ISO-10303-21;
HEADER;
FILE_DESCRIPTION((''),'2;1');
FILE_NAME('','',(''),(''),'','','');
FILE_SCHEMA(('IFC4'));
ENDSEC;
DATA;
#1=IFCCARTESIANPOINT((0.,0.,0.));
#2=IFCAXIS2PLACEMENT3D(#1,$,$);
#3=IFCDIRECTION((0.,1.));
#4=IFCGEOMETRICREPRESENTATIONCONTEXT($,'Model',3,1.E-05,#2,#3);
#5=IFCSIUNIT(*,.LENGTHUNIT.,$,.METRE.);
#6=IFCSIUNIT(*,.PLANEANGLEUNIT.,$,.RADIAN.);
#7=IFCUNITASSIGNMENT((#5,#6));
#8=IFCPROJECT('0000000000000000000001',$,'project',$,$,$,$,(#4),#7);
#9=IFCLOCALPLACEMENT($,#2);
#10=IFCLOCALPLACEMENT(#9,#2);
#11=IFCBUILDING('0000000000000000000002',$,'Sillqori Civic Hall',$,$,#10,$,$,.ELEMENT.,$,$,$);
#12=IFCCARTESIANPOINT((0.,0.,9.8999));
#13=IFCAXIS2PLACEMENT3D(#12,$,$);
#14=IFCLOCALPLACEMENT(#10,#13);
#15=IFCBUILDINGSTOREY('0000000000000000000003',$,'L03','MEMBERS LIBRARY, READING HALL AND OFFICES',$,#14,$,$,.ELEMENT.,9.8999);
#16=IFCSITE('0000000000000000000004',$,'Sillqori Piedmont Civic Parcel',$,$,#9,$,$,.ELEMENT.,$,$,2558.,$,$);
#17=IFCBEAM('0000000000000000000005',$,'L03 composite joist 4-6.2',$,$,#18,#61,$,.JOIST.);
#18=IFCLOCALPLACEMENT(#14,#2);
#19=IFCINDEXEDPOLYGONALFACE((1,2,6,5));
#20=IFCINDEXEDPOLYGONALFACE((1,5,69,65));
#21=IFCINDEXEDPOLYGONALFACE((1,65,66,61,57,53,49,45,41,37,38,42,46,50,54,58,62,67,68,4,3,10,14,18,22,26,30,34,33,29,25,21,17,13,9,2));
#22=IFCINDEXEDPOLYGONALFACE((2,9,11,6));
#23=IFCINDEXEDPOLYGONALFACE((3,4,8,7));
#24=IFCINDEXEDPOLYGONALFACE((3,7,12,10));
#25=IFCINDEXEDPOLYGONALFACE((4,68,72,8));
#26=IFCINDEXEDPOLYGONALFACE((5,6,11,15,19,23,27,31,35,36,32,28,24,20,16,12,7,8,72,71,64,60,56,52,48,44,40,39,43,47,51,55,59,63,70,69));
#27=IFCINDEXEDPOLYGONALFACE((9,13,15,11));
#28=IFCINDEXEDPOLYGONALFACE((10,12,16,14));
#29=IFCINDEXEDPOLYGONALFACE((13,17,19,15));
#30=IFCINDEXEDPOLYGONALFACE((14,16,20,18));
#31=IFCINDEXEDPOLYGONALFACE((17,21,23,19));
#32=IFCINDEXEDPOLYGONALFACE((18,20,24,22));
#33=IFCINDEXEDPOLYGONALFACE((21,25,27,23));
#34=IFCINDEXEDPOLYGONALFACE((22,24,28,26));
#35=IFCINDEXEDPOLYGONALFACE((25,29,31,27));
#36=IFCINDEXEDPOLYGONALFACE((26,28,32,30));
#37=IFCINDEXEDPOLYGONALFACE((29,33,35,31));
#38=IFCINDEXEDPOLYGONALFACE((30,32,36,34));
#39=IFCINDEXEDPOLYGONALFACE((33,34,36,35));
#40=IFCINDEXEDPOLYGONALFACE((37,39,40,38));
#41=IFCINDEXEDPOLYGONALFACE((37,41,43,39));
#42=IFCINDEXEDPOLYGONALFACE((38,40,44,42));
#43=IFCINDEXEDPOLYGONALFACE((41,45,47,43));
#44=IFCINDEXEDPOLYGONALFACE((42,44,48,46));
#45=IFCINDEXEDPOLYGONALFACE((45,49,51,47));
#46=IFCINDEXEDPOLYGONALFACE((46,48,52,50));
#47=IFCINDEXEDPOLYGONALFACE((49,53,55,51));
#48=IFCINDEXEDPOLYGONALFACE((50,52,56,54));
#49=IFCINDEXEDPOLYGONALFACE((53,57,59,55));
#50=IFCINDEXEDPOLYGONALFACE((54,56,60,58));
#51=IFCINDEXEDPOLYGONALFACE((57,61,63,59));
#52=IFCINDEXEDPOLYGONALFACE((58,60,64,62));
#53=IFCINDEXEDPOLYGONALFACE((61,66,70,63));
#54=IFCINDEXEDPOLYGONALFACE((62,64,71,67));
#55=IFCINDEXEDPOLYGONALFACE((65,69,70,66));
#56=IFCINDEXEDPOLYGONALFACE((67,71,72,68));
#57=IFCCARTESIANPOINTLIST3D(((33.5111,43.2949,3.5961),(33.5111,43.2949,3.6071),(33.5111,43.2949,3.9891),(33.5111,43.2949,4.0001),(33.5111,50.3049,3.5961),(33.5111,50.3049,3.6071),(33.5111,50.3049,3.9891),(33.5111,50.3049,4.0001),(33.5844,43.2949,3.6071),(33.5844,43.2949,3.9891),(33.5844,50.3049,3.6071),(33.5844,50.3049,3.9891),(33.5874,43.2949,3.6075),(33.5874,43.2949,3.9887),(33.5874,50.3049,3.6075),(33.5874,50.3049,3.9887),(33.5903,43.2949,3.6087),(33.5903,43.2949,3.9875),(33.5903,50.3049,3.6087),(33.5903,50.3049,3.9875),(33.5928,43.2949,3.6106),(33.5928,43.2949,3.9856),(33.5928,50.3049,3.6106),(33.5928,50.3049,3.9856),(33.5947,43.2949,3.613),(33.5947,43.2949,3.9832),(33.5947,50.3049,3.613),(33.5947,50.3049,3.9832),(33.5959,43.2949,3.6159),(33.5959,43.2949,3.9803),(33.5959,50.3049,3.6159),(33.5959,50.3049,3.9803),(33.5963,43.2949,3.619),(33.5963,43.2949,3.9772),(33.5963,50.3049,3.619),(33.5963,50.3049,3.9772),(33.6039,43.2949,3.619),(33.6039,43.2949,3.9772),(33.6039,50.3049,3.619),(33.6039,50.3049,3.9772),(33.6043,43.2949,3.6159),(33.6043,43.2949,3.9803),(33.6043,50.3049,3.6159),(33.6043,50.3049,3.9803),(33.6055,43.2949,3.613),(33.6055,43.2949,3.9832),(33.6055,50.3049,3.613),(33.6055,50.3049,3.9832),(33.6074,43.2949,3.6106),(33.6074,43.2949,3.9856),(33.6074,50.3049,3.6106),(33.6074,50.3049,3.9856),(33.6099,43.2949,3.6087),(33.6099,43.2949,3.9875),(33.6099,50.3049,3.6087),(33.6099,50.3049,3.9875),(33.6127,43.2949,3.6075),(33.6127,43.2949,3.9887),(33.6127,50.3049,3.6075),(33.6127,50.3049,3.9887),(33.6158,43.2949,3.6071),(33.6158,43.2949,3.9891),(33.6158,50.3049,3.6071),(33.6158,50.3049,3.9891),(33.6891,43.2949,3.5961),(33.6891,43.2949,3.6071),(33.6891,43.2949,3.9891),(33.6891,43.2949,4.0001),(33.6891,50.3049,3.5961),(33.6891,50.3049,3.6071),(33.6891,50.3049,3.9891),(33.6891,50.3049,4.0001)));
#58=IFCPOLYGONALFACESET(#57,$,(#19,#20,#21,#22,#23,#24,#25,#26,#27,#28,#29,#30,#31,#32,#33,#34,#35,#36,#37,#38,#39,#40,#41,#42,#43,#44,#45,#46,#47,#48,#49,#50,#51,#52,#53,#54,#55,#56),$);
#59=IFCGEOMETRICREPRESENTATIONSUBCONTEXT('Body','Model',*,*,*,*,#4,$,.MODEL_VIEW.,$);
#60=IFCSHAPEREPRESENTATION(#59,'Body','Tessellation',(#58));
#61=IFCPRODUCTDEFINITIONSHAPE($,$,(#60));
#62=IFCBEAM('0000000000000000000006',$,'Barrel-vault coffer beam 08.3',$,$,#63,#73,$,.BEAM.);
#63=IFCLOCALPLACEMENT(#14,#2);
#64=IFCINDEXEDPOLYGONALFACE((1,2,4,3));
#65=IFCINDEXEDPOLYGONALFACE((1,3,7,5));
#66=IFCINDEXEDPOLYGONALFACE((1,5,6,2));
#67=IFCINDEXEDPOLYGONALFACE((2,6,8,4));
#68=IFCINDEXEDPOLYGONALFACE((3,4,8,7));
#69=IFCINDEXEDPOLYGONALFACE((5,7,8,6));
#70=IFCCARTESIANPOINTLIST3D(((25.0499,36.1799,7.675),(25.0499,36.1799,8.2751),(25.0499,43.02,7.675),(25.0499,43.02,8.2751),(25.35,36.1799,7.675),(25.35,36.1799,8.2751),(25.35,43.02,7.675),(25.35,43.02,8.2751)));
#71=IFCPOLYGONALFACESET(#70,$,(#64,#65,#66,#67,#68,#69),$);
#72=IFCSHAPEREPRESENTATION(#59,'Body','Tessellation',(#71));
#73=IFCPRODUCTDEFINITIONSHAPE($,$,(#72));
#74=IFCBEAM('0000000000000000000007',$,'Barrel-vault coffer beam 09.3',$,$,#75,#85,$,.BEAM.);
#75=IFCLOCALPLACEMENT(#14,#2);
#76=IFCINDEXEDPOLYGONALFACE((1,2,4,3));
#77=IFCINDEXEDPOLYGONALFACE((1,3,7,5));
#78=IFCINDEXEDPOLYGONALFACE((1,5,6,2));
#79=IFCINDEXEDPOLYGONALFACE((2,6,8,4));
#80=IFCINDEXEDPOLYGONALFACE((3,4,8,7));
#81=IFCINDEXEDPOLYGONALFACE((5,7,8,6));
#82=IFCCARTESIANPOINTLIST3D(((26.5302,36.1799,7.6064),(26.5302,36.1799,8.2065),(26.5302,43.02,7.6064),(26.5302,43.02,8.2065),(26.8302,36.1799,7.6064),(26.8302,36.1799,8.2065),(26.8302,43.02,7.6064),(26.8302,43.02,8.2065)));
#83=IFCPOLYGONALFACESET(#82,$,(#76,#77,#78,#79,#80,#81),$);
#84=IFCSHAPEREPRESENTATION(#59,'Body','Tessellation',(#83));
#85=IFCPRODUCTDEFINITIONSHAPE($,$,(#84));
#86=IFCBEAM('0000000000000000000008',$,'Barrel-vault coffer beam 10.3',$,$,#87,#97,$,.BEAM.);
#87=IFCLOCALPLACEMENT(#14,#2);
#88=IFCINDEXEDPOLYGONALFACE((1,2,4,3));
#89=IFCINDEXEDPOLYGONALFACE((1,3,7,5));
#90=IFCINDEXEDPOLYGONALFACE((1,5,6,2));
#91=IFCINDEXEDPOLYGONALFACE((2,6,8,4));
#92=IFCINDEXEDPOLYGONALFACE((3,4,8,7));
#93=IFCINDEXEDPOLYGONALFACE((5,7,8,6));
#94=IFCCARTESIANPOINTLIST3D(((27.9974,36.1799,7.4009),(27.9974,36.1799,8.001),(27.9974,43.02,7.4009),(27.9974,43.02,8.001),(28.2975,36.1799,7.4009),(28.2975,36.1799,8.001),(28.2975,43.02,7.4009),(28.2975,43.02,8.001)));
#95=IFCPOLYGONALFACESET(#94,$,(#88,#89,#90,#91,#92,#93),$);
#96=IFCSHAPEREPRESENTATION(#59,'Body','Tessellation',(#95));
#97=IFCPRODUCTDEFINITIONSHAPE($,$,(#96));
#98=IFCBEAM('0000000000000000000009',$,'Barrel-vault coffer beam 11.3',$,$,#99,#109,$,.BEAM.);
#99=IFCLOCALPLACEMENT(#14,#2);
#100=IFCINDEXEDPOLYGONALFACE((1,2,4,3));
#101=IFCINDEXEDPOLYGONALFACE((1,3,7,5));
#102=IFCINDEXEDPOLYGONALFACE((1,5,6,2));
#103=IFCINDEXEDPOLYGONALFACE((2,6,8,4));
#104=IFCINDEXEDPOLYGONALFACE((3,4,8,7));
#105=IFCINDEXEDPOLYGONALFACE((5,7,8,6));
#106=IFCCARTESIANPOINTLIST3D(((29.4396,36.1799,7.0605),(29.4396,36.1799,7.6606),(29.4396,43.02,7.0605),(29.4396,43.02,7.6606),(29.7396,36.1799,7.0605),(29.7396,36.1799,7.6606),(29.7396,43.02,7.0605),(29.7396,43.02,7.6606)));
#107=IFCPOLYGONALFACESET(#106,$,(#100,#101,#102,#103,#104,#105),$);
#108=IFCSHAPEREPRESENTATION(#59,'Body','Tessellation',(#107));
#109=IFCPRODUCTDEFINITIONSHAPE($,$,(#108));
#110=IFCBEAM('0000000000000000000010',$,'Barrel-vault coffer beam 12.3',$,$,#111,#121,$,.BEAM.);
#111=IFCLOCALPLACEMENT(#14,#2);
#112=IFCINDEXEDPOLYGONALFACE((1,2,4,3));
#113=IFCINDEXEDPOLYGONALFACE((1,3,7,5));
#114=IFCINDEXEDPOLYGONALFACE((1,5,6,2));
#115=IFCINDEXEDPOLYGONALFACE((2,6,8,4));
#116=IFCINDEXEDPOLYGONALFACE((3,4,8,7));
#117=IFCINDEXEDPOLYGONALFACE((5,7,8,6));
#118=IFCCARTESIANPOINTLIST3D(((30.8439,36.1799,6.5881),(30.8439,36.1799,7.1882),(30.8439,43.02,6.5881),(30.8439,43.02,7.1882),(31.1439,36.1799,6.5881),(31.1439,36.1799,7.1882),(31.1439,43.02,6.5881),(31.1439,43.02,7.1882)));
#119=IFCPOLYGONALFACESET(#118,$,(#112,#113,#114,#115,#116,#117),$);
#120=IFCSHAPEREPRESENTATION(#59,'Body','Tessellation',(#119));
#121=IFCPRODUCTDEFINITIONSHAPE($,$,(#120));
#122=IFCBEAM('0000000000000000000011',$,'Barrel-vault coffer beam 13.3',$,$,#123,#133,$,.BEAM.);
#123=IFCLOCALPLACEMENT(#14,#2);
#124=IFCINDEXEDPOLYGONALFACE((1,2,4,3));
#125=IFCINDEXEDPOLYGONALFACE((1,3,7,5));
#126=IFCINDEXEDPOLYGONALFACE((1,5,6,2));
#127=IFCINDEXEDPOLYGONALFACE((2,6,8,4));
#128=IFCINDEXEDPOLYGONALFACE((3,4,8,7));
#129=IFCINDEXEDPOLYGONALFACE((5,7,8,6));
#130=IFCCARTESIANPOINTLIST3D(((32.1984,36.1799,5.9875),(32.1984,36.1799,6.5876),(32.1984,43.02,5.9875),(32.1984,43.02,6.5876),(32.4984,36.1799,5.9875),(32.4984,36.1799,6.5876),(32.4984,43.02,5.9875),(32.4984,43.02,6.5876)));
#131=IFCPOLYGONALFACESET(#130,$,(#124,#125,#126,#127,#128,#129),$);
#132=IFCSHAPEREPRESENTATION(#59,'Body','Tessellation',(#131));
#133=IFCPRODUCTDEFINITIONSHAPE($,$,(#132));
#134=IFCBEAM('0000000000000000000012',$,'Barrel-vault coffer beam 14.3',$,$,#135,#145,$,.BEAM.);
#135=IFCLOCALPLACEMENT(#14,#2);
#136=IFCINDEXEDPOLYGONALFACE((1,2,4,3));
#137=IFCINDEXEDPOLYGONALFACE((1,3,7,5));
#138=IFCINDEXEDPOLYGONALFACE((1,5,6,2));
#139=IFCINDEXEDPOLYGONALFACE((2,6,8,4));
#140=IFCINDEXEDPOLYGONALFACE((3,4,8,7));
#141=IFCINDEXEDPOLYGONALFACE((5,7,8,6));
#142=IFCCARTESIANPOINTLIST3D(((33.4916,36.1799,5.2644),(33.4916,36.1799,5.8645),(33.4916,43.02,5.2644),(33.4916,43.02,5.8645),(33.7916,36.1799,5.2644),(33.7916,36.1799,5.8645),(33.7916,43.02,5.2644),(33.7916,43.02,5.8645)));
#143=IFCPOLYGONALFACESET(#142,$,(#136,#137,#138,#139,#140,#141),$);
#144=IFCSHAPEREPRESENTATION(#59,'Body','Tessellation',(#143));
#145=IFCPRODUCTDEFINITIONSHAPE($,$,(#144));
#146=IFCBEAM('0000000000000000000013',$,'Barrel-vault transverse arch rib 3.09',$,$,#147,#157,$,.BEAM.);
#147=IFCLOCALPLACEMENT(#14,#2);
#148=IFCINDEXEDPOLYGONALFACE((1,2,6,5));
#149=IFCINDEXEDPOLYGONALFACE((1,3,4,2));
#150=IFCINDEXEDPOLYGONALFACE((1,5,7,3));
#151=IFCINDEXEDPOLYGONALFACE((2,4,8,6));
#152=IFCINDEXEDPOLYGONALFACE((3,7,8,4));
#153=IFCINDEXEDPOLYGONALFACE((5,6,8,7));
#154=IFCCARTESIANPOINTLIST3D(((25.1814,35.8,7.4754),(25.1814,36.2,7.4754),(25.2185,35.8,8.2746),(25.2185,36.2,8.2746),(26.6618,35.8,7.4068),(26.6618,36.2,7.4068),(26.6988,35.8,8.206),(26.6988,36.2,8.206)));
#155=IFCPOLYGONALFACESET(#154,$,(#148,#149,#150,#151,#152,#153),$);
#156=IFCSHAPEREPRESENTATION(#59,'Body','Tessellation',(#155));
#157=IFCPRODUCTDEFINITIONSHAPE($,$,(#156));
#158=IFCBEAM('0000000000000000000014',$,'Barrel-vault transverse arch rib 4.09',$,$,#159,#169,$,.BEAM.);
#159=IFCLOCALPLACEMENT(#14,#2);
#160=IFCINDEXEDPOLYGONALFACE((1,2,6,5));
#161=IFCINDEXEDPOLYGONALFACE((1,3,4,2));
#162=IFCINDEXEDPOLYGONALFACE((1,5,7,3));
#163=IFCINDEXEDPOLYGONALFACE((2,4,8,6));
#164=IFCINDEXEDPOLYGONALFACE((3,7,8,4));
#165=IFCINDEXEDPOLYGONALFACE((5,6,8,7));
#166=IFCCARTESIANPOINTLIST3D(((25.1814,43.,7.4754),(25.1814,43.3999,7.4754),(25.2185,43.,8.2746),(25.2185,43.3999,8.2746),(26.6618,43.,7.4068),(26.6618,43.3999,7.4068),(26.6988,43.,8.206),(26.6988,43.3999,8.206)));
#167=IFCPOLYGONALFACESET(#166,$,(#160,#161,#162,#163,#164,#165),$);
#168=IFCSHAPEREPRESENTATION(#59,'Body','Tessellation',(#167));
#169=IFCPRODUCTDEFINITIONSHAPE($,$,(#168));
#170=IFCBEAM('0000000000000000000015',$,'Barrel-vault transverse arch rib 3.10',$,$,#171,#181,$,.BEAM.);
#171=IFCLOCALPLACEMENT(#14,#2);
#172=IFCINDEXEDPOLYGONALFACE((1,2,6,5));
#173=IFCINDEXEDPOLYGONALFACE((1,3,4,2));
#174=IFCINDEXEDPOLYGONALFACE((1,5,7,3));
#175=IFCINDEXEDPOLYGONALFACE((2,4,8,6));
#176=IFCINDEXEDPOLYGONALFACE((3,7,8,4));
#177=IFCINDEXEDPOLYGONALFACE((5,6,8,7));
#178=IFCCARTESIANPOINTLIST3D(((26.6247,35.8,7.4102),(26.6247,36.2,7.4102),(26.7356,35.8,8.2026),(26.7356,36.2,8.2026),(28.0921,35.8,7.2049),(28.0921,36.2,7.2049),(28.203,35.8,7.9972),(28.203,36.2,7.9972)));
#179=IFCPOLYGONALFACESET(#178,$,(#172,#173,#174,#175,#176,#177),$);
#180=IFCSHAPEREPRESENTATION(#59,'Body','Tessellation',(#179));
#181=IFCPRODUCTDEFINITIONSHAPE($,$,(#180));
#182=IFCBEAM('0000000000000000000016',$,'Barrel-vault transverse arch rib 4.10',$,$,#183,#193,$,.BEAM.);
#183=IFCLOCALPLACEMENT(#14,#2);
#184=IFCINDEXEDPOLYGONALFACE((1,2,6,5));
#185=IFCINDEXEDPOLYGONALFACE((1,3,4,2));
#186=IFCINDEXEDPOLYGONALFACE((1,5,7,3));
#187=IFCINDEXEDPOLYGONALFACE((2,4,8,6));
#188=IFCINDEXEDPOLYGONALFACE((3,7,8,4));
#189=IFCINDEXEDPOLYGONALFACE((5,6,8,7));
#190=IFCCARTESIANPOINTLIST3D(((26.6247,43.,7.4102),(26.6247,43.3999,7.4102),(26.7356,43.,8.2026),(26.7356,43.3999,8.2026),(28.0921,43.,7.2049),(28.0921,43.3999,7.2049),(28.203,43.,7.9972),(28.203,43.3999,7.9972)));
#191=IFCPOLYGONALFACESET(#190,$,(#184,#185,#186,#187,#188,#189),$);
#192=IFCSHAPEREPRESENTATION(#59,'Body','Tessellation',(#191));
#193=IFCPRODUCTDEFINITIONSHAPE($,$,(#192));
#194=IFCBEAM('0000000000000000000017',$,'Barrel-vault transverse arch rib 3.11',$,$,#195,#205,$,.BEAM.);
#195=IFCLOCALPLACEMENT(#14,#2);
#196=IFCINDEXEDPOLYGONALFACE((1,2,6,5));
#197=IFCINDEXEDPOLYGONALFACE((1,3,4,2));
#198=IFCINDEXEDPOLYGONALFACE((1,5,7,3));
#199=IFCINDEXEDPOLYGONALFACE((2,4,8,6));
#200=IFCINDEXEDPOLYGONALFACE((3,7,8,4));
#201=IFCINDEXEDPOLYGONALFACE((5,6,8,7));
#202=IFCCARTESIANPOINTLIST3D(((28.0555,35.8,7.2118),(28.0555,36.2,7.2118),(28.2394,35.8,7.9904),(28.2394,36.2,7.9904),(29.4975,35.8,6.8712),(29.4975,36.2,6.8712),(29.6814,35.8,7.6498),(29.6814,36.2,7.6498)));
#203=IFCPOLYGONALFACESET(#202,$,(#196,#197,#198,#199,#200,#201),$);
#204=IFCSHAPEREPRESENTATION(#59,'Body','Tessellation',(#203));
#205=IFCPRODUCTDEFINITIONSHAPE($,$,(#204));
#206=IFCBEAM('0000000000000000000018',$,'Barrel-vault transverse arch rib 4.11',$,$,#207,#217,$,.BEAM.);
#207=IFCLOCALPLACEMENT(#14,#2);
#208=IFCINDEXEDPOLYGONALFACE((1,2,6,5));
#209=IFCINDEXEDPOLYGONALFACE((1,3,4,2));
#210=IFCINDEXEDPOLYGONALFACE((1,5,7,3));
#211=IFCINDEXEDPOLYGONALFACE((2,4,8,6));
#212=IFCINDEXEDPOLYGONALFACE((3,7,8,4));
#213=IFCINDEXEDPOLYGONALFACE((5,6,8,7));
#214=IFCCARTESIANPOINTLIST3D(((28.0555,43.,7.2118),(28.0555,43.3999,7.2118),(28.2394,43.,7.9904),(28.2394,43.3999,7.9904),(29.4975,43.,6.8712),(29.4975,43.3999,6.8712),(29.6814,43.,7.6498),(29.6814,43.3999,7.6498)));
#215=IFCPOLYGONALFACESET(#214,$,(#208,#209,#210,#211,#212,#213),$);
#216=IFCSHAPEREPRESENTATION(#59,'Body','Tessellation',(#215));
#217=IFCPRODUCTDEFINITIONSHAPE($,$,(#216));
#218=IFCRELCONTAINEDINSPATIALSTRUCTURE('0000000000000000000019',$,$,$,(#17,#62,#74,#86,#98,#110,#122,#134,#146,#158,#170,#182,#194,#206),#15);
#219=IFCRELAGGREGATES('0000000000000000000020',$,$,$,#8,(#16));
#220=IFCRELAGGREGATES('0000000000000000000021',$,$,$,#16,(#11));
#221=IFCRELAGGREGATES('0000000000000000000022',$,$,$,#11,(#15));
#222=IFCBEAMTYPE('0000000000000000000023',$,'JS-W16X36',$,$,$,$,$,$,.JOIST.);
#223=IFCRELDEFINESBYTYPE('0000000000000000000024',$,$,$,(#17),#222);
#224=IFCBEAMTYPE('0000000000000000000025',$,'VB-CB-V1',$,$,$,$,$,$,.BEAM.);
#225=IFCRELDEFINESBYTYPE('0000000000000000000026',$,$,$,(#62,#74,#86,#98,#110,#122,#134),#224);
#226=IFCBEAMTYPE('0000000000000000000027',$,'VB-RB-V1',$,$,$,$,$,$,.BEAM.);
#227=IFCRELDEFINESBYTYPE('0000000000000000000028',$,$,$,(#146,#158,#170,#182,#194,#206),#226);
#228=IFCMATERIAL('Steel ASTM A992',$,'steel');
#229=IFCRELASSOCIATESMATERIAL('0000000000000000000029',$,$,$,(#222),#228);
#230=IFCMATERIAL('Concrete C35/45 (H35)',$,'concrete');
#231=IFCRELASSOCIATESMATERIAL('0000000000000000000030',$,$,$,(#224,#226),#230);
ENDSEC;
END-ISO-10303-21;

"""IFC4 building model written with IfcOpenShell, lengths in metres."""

from ifc_helpers import new_model, si_unit, direction, frame, origin, origin_2d, place, context, subcontext, project, spatial, rectangle, i_section, extrude, material, material_profile, profile_set, type_object, element, save


model = new_model("IFC4")

# Units and contexts
model_context = context("Model", 3, precision=1e-05, world=origin(), true_north=direction((0.0, 1.0)))
body_context = subcontext(model_context, "Body", "Model", "MODEL_VIEW")
ifc_project = project(units=[si_unit("LENGTHUNIT", "METRE"), si_unit("PLANEANGLEUNIT", "RADIAN")], contexts=[model_context])

# Site, building, storey
site_placement = place(None, origin())
site = spatial("IfcSite", under=ifc_project, at=site_placement, Name="Sillqori Piedmont Civic Parcel", CompositionType="ELEMENT", RefElevation=2558.0)
building_placement = place(site_placement, origin())
building = spatial("IfcBuilding", under=site, at=building_placement, Name="Sillqori Civic Hall", CompositionType="ELEMENT")
storey_placement = place(building_placement, frame((0.0, 0.0, 9.8999)))
storey = spatial("IfcBuildingStorey", under=building, at=storey_placement, Name="L03", Description="MEMBERS LIBRARY, READING HALL AND OFFICES", CompositionType="ELEMENT", Elevation=9.8999)

# Shared definitions
ifc_material_1 = material(Name="Concrete C35/45 (H35)", Category="concrete")

# Beams
ifc_material_2 = material(Name="Steel ASTM A992", Category="steel")
ifc_material_profile_1 = material_profile(ifc_material_2, i_section(OverallWidth=0.178, OverallDepth=0.4041, WebThickness=0.0076, FlangeThickness=0.011, FilletRadius=0.012, at=origin_2d()), Name="W16X36")
ifc_profile_set_1 = profile_set([ifc_material_profile_1], Name="Steel ASTM A992")
beam_type_1 = type_object("IfcBeamType", Name="JS-W16X36", PredefinedType="JOIST", material=ifc_profile_set_1)
for number, where, z_axis, x_axis, name in (
    (1, (33.6001, 43.2949, 3.7981), (0.0, 1.0, 0.0), (-1.0, 0.0, 0.0), "L03 composite joist 4-6.2"),
):
    element("IfcBeam", number, at=place(storey_placement, frame(where, z_axis=z_axis, x_axis=x_axis)), inside=storey, type_object=beam_type_1, Name=name, PredefinedType="JOIST", context=body_context, shape_type="SweptSolid", body=[
        extrude(i_section(OverallWidth=0.178, OverallDepth=0.4041, WebThickness=0.0076, FlangeThickness=0.011, FilletRadius=0.012, at=origin_2d()), origin(), (0.0, 0.0, 1.0), 7.01),
    ])
ifc_material_profile_2 = material_profile(ifc_material_1, rectangle(XDim=0.3, YDim=0.6001, at=origin_2d()), Name="RC 300x600")
ifc_profile_set_2 = profile_set([ifc_material_profile_2], Name="Concrete C35/45 (H35)")
beam_type_2 = type_object("IfcBeamType", Name="VB-CB-V1", PredefinedType="BEAM", material=ifc_profile_set_2)
for number, where, z_axis, x_axis, name in (
    (2, (25.2, 36.1799, 7.9751), (0.0, 1.0, 0.0), (-1.0, 0.0, 0.0), "Barrel-vault coffer beam 08.3"),
    (3, (26.6802, 36.1799, 7.9065), (0.0, 1.0, 0.0), (-1.0, 0.0, 0.0), "Barrel-vault coffer beam 09.3"),
    (4, (28.1475, 36.1799, 7.7009), (0.0, 1.0, 0.0), (-1.0, 0.0, 0.0), "Barrel-vault coffer beam 10.3"),
    (5, (29.5896, 36.1799, 7.3606), (0.0, 1.0, 0.0), (-1.0, 0.0, 0.0), "Barrel-vault coffer beam 11.3"),
    (6, (30.9939, 36.1799, 6.8882), (0.0, 1.0, 0.0), (-1.0, 0.0, 0.0), "Barrel-vault coffer beam 12.3"),
    (7, (32.3484, 36.1799, 6.2876), (0.0, 1.0, 0.0), (-1.0, 0.0, 0.0), "Barrel-vault coffer beam 13.3"),
    (8, (33.6416, 36.1799, 5.5645), (0.0, 1.0, 0.0), (-1.0, 0.0, 0.0), "Barrel-vault coffer beam 14.3"),
):
    element("IfcBeam", number, at=place(storey_placement, frame(where, z_axis=z_axis, x_axis=x_axis)), inside=storey, type_object=beam_type_2, Name=name, PredefinedType="BEAM", context=body_context, shape_type="SweptSolid", body=[
        extrude(rectangle(XDim=0.3, YDim=0.6001, at=origin_2d()), origin(), (0.0, 0.0, 1.0), 6.8401),
    ])
ifc_material_profile_3 = material_profile(ifc_material_1, rectangle(XDim=0.3999, YDim=0.8, at=origin_2d()), Name="RC 400x800")
ifc_profile_set_3 = profile_set([ifc_material_profile_3], Name="Concrete C35/45 (H35)")
beam_type_3 = type_object("IfcBeamType", Name="VB-RB-V1", PredefinedType="BEAM", material=ifc_profile_set_3)
for number, where, z_axis, x_axis, name in (
    (9, (25.2, 36.0, 7.875), (0.998928, 0.0, -0.046297), (0.0, 1.0, 0.0), "Barrel-vault transverse arch rib 3.09"),
    (10, (25.2, 43.2, 7.875), (0.998928, 0.0, -0.046297), (0.0, 1.0, 0.0), "Barrel-vault transverse arch rib 4.09"),
):
    element("IfcBeam", number, at=place(storey_placement, frame(where, z_axis=z_axis, x_axis=x_axis)), inside=storey, type_object=beam_type_3, Name=name, PredefinedType="BEAM", context=body_context, shape_type="SweptSolid", body=[
        extrude(rectangle(XDim=0.3999, YDim=0.8, at=origin_2d()), origin(), (0.0, 0.0, 1.0), 1.4819),
    ])
for number, where, z_axis, x_axis, name in (
    (11, (26.6802, 36.0, 7.8064), (0.990351, 0.0, -0.138583), (0.0, 1.0, 0.0), "Barrel-vault transverse arch rib 3.10"),
    (12, (26.6802, 43.2, 7.8064), (0.990351, 0.0, -0.138583), (0.0, 1.0, 0.0), "Barrel-vault transverse arch rib 4.10"),
    (13, (28.1475, 36.0, 7.6011), (0.973229, 0.0, -0.229838), (0.0, 1.0, 0.0), "Barrel-vault transverse arch rib 3.11"),
    (14, (28.1475, 43.2, 7.6011), (0.973229, 0.0, -0.229838), (0.0, 1.0, 0.0), "Barrel-vault transverse arch rib 4.11"),
):
    element("IfcBeam", number, at=place(storey_placement, frame(where, z_axis=z_axis, x_axis=x_axis)), inside=storey, type_object=beam_type_3, Name=name, PredefinedType="BEAM", context=body_context, shape_type="SweptSolid", body=[
        extrude(rectangle(XDim=0.3999, YDim=0.8, at=origin_2d()), origin(), (0.0, 0.0, 1.0), 1.4817),
    ])

save(model, "model.ifc")
